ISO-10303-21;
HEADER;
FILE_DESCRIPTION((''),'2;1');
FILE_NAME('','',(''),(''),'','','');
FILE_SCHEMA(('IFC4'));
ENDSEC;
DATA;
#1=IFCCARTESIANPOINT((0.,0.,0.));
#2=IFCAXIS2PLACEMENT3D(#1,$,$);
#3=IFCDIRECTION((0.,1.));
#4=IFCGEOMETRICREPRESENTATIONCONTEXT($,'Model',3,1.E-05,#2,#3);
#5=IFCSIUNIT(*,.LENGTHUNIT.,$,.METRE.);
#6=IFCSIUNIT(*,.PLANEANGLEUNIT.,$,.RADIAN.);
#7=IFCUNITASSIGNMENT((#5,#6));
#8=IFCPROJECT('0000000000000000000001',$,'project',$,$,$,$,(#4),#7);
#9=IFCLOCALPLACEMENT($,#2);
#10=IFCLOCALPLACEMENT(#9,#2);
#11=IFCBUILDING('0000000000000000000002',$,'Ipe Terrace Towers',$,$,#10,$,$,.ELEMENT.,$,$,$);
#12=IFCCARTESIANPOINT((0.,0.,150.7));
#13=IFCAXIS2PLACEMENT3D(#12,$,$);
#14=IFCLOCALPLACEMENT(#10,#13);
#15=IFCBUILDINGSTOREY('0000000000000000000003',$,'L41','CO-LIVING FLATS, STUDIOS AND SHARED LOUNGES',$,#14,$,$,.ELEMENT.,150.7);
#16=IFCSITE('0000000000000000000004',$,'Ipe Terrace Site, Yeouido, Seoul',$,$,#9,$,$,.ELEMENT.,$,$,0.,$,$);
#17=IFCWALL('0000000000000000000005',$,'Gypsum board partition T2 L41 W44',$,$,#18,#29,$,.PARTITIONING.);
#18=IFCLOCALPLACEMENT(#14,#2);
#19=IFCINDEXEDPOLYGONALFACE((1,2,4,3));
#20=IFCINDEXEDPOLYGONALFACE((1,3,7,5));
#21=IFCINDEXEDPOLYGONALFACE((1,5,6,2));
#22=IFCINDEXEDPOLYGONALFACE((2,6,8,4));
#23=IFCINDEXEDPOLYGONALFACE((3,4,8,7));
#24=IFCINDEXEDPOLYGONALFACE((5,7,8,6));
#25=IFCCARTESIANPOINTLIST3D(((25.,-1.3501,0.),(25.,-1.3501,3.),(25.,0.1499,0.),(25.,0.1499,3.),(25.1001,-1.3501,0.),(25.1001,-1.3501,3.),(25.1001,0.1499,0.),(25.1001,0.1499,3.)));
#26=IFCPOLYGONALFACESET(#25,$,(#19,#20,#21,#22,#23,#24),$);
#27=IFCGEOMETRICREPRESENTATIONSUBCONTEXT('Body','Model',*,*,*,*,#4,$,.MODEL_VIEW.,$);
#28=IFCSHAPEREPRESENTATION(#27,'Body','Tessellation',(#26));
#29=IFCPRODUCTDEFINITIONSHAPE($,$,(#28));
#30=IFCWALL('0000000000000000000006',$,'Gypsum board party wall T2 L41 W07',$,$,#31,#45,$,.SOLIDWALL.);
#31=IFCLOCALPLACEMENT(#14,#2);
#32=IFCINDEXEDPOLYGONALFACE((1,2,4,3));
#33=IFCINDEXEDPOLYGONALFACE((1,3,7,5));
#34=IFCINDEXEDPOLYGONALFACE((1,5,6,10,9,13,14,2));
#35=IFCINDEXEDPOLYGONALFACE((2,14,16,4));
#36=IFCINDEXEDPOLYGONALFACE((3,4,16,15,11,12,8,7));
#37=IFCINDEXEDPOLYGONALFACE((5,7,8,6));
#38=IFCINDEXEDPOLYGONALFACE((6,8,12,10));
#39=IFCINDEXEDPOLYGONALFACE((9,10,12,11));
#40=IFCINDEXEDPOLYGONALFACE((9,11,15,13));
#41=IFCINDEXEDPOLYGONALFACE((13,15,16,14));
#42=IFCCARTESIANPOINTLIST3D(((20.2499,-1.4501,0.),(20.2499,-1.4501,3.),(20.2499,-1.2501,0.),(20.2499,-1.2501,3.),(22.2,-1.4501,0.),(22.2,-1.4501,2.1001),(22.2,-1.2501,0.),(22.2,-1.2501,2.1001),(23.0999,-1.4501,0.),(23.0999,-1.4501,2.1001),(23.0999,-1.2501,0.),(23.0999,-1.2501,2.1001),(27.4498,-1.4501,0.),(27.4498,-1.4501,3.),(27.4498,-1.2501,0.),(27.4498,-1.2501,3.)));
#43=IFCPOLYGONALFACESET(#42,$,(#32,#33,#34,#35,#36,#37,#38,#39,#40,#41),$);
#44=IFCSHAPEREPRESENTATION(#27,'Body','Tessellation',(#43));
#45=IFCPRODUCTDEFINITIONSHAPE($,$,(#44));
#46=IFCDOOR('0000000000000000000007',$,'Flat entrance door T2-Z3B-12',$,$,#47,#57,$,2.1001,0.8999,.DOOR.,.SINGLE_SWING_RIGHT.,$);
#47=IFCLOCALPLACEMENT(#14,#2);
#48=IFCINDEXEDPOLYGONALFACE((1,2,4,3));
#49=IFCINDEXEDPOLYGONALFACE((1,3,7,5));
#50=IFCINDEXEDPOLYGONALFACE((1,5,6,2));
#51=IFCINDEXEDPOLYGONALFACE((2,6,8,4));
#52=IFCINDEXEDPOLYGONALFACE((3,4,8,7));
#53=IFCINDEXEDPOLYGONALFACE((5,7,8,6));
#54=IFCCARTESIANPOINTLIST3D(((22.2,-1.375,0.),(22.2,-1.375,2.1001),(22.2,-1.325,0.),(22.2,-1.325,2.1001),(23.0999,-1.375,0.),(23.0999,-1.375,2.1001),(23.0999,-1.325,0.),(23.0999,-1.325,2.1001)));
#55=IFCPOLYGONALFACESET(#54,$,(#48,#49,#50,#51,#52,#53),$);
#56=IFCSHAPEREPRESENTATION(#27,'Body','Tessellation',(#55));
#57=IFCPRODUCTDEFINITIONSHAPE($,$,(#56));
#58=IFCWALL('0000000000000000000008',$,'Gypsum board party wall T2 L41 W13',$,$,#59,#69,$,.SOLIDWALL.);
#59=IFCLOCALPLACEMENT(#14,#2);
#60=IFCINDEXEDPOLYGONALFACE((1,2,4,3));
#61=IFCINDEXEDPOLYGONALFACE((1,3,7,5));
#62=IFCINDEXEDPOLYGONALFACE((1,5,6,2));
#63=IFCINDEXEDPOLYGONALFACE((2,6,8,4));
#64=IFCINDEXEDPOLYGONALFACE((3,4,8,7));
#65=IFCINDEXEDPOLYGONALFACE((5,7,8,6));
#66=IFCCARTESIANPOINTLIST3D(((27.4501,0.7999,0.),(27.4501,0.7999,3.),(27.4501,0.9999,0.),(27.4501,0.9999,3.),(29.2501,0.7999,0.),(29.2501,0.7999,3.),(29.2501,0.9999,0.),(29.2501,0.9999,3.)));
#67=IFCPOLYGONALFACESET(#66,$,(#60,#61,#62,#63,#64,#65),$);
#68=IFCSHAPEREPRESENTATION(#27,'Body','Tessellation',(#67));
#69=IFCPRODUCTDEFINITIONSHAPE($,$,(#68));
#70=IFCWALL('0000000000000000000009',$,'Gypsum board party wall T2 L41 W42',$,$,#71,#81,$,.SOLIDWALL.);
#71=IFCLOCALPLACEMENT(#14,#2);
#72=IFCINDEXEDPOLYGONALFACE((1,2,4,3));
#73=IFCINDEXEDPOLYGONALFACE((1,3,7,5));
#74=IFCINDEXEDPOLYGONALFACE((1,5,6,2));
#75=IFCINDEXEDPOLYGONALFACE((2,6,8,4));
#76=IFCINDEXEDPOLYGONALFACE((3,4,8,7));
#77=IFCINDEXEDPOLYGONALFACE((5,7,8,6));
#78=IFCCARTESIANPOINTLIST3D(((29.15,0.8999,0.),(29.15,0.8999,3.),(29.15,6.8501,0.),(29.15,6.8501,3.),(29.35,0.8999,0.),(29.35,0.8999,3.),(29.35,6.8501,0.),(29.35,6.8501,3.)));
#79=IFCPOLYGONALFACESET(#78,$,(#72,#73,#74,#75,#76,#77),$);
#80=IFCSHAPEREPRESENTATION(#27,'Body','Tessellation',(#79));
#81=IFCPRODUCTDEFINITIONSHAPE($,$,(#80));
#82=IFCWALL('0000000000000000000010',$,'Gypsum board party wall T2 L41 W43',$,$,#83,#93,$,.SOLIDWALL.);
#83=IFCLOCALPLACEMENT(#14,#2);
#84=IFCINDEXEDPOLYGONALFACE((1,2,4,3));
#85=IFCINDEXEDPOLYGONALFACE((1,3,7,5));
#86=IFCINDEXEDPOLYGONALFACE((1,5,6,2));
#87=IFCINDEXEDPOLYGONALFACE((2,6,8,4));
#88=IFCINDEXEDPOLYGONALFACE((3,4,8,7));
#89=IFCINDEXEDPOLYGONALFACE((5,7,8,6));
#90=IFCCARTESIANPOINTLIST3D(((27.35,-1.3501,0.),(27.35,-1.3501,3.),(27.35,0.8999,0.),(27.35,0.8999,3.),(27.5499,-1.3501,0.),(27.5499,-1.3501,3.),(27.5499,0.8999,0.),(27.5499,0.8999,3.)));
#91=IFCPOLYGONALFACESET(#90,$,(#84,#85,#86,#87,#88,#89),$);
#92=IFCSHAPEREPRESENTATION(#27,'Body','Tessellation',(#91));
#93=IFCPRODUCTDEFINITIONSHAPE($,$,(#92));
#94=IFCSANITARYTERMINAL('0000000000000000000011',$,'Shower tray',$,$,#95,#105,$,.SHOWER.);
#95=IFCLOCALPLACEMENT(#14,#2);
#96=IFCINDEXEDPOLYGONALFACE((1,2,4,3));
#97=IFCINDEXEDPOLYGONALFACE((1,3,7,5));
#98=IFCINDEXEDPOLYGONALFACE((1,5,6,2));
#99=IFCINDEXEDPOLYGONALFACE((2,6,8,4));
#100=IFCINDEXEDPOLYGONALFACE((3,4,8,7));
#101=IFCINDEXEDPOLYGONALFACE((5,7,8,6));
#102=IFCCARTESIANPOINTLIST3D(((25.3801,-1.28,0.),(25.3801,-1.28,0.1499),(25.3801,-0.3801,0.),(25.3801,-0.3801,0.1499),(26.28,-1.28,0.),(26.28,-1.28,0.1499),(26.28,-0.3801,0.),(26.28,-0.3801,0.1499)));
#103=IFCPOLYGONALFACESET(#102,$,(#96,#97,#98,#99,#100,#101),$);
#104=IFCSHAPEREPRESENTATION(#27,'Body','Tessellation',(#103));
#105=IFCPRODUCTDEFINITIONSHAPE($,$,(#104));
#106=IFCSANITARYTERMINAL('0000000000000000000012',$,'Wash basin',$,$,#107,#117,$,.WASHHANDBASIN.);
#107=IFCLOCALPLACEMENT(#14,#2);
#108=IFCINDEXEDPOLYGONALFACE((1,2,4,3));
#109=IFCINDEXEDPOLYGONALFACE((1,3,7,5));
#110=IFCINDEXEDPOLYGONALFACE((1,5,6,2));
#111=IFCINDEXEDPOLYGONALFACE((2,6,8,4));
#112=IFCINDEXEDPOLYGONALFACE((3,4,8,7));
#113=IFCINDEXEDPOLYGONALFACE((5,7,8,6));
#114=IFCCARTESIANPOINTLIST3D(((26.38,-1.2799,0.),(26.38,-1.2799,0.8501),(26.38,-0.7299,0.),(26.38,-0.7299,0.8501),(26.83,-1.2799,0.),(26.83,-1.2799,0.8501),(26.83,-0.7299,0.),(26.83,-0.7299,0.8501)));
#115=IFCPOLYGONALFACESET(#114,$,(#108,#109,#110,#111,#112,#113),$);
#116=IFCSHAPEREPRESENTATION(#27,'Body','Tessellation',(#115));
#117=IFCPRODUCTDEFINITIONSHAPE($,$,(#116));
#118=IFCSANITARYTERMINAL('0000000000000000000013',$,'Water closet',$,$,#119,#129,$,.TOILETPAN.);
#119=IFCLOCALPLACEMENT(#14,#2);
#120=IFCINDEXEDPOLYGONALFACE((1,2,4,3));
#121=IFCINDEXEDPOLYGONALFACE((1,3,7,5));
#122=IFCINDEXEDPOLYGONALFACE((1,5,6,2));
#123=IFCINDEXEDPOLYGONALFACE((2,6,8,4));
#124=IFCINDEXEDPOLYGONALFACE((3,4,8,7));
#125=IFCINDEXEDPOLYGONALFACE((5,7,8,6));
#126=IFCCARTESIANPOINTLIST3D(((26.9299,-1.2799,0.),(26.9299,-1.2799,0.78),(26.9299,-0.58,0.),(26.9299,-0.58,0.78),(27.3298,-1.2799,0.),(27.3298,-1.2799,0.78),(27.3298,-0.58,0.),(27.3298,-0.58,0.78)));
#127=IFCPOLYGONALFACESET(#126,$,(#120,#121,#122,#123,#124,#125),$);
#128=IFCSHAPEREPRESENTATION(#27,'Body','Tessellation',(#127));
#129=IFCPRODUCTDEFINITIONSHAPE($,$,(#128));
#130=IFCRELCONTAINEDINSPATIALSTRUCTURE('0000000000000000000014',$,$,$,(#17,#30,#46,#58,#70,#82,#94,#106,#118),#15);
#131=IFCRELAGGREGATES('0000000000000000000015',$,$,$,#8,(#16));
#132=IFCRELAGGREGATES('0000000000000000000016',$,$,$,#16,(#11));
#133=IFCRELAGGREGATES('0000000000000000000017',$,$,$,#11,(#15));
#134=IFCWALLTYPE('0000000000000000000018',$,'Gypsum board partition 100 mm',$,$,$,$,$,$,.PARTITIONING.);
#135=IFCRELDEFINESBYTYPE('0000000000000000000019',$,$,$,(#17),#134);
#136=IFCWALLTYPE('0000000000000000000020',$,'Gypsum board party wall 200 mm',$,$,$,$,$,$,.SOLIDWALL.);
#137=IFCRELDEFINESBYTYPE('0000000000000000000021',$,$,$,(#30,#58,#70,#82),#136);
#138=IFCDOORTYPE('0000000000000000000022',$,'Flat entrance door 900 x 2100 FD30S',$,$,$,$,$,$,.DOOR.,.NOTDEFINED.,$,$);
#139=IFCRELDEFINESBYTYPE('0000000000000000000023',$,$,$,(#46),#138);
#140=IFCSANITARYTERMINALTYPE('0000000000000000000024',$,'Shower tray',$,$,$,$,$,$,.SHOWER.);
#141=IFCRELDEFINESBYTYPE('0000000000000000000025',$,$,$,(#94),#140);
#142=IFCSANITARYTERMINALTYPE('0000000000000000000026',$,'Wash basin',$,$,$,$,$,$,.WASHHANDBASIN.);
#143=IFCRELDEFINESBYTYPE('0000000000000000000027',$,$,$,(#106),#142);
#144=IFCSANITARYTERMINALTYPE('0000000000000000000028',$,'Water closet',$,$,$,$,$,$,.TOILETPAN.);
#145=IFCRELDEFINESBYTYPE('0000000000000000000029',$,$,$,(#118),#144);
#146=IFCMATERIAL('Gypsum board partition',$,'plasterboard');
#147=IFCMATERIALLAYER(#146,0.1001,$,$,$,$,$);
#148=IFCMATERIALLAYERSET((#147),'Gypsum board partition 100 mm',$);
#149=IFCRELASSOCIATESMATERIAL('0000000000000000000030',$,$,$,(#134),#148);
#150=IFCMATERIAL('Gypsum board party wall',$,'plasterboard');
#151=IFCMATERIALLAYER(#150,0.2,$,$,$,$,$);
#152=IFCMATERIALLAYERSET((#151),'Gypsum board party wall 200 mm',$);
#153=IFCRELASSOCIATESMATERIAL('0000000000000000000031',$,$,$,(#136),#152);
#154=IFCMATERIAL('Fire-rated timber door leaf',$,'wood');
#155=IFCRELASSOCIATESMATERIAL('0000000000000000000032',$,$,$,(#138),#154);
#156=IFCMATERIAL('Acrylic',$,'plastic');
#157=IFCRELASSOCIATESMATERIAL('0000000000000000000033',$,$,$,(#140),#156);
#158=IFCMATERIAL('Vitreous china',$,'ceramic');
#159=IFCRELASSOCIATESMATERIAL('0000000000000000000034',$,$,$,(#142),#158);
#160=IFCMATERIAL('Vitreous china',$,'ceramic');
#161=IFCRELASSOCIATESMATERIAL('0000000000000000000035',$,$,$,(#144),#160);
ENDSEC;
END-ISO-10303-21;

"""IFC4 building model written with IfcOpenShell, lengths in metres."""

from ifc_helpers import new_model, si_unit, direction, frame, frame_2d, origin, origin_2d, place, context, subcontext, project, spatial, rectangle, extrude, material, layer, layer_set, type_object, element, fill, save


model = new_model("IFC4")

# Units and contexts
model_context = context("Model", 3, precision=1e-05, world=origin(), true_north=direction((0.0, 1.0)))
body_context = subcontext(model_context, "Body", "Model", "MODEL_VIEW")
ifc_project = project(units=[si_unit("LENGTHUNIT", "METRE"), si_unit("PLANEANGLEUNIT", "RADIAN")], contexts=[model_context])

# Site, building, storey
site_placement = place(None, origin())
site = spatial("IfcSite", under=ifc_project, at=site_placement, Name="Ipe Terrace Site, Yeouido, Seoul", CompositionType="ELEMENT", RefElevation=0.0)
building_placement = place(site_placement, origin())
building = spatial("IfcBuilding", under=site, at=building_placement, Name="Ipe Terrace Towers", CompositionType="ELEMENT")
storey_placement = place(building_placement, frame((0.0, 0.0, 150.7)))
storey = spatial("IfcBuildingStorey", under=building, at=storey_placement, Name="L41", Description="CO-LIVING FLATS, STUDIOS AND SHARED LOUNGES", CompositionType="ELEMENT", Elevation=150.7)

# Shared definitions
ifc_material_1 = material(Name="Gypsum board partition", Category="plasterboard")
ifc_layer_1 = layer(ifc_material_1, 0.1001)
ifc_layer_set_1 = layer_set([ifc_layer_1], Name="Gypsum board partition 100 mm")
wall_type_1 = type_object("IfcWallType", Name="Gypsum board partition 100 mm", PredefinedType="PARTITIONING", material=ifc_layer_set_1)

# Wall
wall_1_placement = place(storey_placement, frame((25.05, -1.3501, 0.0), z_axis=(0.0, 0.0, 1.0), x_axis=(0.0, 1.0, 0.0)))
element("IfcWall", 1, at=wall_1_placement, inside=storey, type_object=wall_type_1, Name="Gypsum board partition T2 L41 W44", PredefinedType="PARTITIONING", context=body_context, shape_type="SweptSolid", body=[
    extrude(rectangle(XDim=1.5, YDim=0.1001, at=frame_2d((0.75, 0.0))), origin(), (0.0, 0.0, 1.0), 3.0),
])

# Wall, opening, door
ifc_material_2 = material(Name="Gypsum board party wall", Category="plasterboard")
ifc_layer_2 = layer(ifc_material_2, 0.2)
ifc_layer_set_2 = layer_set([ifc_layer_2], Name="Gypsum board party wall 200 mm")
wall_type_2 = type_object("IfcWallType", Name="Gypsum board party wall 200 mm", PredefinedType="SOLIDWALL", material=ifc_layer_set_2)
wall_2_placement = place(storey_placement, frame((27.45, -1.3501, 0.0), z_axis=(0.0, 0.0, 1.0), x_axis=(-1.0, 0.0, 0.0)))
wall_2 = element("IfcWall", 2, at=wall_2_placement, inside=storey, type_object=wall_type_2, Name="Gypsum board party wall T2 L41 W07", PredefinedType="SOLIDWALL", context=body_context, shape_type="SweptSolid", body=[
    extrude(rectangle(XDim=7.2, YDim=0.2, at=frame_2d((3.6001, 0.0))), origin(), (0.0, 0.0, 1.0), 3.0),
])
opening_1_placement = place(wall_2_placement, frame((4.3501, 0.0, 0.0)))
opening_1 = element("IfcOpeningElement", 3, at=opening_1_placement, cuts=wall_2, PredefinedType="OPENING", context=body_context, shape_type="SweptSolid", body=[
    extrude(rectangle(XDim=0.8999, YDim=2.1001, at=frame_2d((0.45, 1.05))), frame((0.0, 0.1099, 0.0), z_axis=(0.0, -1.0, 0.0), x_axis=(1.0, 0.0, 0.0)), (0.0, 0.0, 1.0), 0.22),
])
ifc_material_3 = material(Name="Fire-rated timber door leaf", Category="wood")
door_type_1 = type_object("IfcDoorType", Name="Flat entrance door 900 x 2100 FD30S", OperationType="NOTDEFINED", PredefinedType="DOOR", material=ifc_material_3)
door_1_placement = place(opening_1_placement, origin())
door_1 = element("IfcDoor", 4, at=door_1_placement, inside=storey, type_object=door_type_1, Name="Flat entrance door T2-Z3B-12", OperationType="SINGLE_SWING_RIGHT", OverallHeight=2.1001, OverallWidth=0.8999, PredefinedType="DOOR", context=body_context, shape_type="SweptSolid", body=[
    extrude(rectangle(XDim=0.8999, YDim=2.1001, at=frame_2d((0.45, 1.05))), frame((0.0, 0.0249, 0.0), z_axis=(0.0, -1.0, 0.0), x_axis=(1.0, 0.0, 0.0)), (0.0, 0.0, 1.0), 0.05),
])
fill(opening_1, door_1)

# Walls
wall_3_placement = place(storey_placement, frame((29.25, 0.8999, 0.0), z_axis=(0.0, 0.0, 1.0), x_axis=(-1.0, 0.0, 0.0)))
element("IfcWall", 5, at=wall_3_placement, inside=storey, type_object=wall_type_2, Name="Gypsum board party wall T2 L41 W13", PredefinedType="SOLIDWALL", context=body_context, shape_type="SweptSolid", body=[
    extrude(rectangle(XDim=1.8, YDim=0.2, at=frame_2d((0.8999, 0.0))), origin(), (0.0, 0.0, 1.0), 3.0),
])
wall_4_placement = place(storey_placement, frame((29.25, 0.8999, 0.0), z_axis=(0.0, 0.0, 1.0), x_axis=(0.0, 1.0, 0.0)))
element("IfcWall", 6, at=wall_4_placement, inside=storey, type_object=wall_type_2, Name="Gypsum board party wall T2 L41 W42", PredefinedType="SOLIDWALL", context=body_context, shape_type="SweptSolid", body=[
    extrude(rectangle(XDim=5.9502, YDim=0.2, at=frame_2d((2.9751, 0.0))), origin(), (0.0, 0.0, 1.0), 3.0),
])
wall_5_placement = place(storey_placement, frame((27.45, -1.3501, 0.0), z_axis=(0.0, 0.0, 1.0), x_axis=(0.0, 1.0, 0.0)))
element("IfcWall", 7, at=wall_5_placement, inside=storey, type_object=wall_type_2, Name="Gypsum board party wall T2 L41 W43", PredefinedType="SOLIDWALL", context=body_context, shape_type="SweptSolid", body=[
    extrude(rectangle(XDim=2.25, YDim=0.2, at=frame_2d((1.125, 0.0))), origin(), (0.0, 0.0, 1.0), 3.0),
])

# Sanitary terminals
ifc_material_4 = material(Name="Acrylic", Category="plastic")
sanitary_terminal_type_1 = type_object("IfcSanitaryTerminalType", Name="Shower tray", PredefinedType="SHOWER", material=ifc_material_4)
sanitary_terminal_1_placement = place(storey_placement, frame((25.8301, -0.8301, 0.0), z_axis=(0.0, 0.0, 1.0), x_axis=(0.0, 1.0, 0.0)))
element("IfcSanitaryTerminal", 8, at=sanitary_terminal_1_placement, inside=storey, type_object=sanitary_terminal_type_1, Name="Shower tray", PredefinedType="SHOWER", context=body_context, shape_type="SweptSolid", body=[
    extrude(rectangle(XDim=0.8999, YDim=0.8999, at=origin_2d()), origin(), (0.0, 0.0, 1.0), 0.1499),
])
ifc_material_5 = material(Name="Vitreous china", Category="ceramic")
sanitary_terminal_type_2 = type_object("IfcSanitaryTerminalType", Name="Wash basin", PredefinedType="WASHHANDBASIN", material=ifc_material_5)
sanitary_terminal_2_placement = place(storey_placement, frame((26.605, -1.0049, 0.0), z_axis=(0.0, 0.0, 1.0), x_axis=(0.0, 1.0, 0.0)))
element("IfcSanitaryTerminal", 9, at=sanitary_terminal_2_placement, inside=storey, type_object=sanitary_terminal_type_2, Name="Wash basin", PredefinedType="WASHHANDBASIN", context=body_context, shape_type="SweptSolid", body=[
    extrude(rectangle(XDim=0.55, YDim=0.45, at=origin_2d()), origin(), (0.0, 0.0, 1.0), 0.8501),
])
ifc_material_6 = material(Name="Vitreous china", Category="ceramic")
sanitary_terminal_type_3 = type_object("IfcSanitaryTerminalType", Name="Water closet", PredefinedType="TOILETPAN", material=ifc_material_6)
sanitary_terminal_3_placement = place(storey_placement, frame((27.1299, -0.9299, 0.0), z_axis=(0.0, 0.0, 1.0), x_axis=(0.0, 1.0, 0.0)))
element("IfcSanitaryTerminal", 10, at=sanitary_terminal_3_placement, inside=storey, type_object=sanitary_terminal_type_3, Name="Water closet", PredefinedType="TOILETPAN", context=body_context, shape_type="SweptSolid", body=[
    extrude(rectangle(XDim=0.7, YDim=0.3999, at=origin_2d()), origin(), (0.0, 0.0, 1.0), 0.78),
])

save(model, "model.ifc")
